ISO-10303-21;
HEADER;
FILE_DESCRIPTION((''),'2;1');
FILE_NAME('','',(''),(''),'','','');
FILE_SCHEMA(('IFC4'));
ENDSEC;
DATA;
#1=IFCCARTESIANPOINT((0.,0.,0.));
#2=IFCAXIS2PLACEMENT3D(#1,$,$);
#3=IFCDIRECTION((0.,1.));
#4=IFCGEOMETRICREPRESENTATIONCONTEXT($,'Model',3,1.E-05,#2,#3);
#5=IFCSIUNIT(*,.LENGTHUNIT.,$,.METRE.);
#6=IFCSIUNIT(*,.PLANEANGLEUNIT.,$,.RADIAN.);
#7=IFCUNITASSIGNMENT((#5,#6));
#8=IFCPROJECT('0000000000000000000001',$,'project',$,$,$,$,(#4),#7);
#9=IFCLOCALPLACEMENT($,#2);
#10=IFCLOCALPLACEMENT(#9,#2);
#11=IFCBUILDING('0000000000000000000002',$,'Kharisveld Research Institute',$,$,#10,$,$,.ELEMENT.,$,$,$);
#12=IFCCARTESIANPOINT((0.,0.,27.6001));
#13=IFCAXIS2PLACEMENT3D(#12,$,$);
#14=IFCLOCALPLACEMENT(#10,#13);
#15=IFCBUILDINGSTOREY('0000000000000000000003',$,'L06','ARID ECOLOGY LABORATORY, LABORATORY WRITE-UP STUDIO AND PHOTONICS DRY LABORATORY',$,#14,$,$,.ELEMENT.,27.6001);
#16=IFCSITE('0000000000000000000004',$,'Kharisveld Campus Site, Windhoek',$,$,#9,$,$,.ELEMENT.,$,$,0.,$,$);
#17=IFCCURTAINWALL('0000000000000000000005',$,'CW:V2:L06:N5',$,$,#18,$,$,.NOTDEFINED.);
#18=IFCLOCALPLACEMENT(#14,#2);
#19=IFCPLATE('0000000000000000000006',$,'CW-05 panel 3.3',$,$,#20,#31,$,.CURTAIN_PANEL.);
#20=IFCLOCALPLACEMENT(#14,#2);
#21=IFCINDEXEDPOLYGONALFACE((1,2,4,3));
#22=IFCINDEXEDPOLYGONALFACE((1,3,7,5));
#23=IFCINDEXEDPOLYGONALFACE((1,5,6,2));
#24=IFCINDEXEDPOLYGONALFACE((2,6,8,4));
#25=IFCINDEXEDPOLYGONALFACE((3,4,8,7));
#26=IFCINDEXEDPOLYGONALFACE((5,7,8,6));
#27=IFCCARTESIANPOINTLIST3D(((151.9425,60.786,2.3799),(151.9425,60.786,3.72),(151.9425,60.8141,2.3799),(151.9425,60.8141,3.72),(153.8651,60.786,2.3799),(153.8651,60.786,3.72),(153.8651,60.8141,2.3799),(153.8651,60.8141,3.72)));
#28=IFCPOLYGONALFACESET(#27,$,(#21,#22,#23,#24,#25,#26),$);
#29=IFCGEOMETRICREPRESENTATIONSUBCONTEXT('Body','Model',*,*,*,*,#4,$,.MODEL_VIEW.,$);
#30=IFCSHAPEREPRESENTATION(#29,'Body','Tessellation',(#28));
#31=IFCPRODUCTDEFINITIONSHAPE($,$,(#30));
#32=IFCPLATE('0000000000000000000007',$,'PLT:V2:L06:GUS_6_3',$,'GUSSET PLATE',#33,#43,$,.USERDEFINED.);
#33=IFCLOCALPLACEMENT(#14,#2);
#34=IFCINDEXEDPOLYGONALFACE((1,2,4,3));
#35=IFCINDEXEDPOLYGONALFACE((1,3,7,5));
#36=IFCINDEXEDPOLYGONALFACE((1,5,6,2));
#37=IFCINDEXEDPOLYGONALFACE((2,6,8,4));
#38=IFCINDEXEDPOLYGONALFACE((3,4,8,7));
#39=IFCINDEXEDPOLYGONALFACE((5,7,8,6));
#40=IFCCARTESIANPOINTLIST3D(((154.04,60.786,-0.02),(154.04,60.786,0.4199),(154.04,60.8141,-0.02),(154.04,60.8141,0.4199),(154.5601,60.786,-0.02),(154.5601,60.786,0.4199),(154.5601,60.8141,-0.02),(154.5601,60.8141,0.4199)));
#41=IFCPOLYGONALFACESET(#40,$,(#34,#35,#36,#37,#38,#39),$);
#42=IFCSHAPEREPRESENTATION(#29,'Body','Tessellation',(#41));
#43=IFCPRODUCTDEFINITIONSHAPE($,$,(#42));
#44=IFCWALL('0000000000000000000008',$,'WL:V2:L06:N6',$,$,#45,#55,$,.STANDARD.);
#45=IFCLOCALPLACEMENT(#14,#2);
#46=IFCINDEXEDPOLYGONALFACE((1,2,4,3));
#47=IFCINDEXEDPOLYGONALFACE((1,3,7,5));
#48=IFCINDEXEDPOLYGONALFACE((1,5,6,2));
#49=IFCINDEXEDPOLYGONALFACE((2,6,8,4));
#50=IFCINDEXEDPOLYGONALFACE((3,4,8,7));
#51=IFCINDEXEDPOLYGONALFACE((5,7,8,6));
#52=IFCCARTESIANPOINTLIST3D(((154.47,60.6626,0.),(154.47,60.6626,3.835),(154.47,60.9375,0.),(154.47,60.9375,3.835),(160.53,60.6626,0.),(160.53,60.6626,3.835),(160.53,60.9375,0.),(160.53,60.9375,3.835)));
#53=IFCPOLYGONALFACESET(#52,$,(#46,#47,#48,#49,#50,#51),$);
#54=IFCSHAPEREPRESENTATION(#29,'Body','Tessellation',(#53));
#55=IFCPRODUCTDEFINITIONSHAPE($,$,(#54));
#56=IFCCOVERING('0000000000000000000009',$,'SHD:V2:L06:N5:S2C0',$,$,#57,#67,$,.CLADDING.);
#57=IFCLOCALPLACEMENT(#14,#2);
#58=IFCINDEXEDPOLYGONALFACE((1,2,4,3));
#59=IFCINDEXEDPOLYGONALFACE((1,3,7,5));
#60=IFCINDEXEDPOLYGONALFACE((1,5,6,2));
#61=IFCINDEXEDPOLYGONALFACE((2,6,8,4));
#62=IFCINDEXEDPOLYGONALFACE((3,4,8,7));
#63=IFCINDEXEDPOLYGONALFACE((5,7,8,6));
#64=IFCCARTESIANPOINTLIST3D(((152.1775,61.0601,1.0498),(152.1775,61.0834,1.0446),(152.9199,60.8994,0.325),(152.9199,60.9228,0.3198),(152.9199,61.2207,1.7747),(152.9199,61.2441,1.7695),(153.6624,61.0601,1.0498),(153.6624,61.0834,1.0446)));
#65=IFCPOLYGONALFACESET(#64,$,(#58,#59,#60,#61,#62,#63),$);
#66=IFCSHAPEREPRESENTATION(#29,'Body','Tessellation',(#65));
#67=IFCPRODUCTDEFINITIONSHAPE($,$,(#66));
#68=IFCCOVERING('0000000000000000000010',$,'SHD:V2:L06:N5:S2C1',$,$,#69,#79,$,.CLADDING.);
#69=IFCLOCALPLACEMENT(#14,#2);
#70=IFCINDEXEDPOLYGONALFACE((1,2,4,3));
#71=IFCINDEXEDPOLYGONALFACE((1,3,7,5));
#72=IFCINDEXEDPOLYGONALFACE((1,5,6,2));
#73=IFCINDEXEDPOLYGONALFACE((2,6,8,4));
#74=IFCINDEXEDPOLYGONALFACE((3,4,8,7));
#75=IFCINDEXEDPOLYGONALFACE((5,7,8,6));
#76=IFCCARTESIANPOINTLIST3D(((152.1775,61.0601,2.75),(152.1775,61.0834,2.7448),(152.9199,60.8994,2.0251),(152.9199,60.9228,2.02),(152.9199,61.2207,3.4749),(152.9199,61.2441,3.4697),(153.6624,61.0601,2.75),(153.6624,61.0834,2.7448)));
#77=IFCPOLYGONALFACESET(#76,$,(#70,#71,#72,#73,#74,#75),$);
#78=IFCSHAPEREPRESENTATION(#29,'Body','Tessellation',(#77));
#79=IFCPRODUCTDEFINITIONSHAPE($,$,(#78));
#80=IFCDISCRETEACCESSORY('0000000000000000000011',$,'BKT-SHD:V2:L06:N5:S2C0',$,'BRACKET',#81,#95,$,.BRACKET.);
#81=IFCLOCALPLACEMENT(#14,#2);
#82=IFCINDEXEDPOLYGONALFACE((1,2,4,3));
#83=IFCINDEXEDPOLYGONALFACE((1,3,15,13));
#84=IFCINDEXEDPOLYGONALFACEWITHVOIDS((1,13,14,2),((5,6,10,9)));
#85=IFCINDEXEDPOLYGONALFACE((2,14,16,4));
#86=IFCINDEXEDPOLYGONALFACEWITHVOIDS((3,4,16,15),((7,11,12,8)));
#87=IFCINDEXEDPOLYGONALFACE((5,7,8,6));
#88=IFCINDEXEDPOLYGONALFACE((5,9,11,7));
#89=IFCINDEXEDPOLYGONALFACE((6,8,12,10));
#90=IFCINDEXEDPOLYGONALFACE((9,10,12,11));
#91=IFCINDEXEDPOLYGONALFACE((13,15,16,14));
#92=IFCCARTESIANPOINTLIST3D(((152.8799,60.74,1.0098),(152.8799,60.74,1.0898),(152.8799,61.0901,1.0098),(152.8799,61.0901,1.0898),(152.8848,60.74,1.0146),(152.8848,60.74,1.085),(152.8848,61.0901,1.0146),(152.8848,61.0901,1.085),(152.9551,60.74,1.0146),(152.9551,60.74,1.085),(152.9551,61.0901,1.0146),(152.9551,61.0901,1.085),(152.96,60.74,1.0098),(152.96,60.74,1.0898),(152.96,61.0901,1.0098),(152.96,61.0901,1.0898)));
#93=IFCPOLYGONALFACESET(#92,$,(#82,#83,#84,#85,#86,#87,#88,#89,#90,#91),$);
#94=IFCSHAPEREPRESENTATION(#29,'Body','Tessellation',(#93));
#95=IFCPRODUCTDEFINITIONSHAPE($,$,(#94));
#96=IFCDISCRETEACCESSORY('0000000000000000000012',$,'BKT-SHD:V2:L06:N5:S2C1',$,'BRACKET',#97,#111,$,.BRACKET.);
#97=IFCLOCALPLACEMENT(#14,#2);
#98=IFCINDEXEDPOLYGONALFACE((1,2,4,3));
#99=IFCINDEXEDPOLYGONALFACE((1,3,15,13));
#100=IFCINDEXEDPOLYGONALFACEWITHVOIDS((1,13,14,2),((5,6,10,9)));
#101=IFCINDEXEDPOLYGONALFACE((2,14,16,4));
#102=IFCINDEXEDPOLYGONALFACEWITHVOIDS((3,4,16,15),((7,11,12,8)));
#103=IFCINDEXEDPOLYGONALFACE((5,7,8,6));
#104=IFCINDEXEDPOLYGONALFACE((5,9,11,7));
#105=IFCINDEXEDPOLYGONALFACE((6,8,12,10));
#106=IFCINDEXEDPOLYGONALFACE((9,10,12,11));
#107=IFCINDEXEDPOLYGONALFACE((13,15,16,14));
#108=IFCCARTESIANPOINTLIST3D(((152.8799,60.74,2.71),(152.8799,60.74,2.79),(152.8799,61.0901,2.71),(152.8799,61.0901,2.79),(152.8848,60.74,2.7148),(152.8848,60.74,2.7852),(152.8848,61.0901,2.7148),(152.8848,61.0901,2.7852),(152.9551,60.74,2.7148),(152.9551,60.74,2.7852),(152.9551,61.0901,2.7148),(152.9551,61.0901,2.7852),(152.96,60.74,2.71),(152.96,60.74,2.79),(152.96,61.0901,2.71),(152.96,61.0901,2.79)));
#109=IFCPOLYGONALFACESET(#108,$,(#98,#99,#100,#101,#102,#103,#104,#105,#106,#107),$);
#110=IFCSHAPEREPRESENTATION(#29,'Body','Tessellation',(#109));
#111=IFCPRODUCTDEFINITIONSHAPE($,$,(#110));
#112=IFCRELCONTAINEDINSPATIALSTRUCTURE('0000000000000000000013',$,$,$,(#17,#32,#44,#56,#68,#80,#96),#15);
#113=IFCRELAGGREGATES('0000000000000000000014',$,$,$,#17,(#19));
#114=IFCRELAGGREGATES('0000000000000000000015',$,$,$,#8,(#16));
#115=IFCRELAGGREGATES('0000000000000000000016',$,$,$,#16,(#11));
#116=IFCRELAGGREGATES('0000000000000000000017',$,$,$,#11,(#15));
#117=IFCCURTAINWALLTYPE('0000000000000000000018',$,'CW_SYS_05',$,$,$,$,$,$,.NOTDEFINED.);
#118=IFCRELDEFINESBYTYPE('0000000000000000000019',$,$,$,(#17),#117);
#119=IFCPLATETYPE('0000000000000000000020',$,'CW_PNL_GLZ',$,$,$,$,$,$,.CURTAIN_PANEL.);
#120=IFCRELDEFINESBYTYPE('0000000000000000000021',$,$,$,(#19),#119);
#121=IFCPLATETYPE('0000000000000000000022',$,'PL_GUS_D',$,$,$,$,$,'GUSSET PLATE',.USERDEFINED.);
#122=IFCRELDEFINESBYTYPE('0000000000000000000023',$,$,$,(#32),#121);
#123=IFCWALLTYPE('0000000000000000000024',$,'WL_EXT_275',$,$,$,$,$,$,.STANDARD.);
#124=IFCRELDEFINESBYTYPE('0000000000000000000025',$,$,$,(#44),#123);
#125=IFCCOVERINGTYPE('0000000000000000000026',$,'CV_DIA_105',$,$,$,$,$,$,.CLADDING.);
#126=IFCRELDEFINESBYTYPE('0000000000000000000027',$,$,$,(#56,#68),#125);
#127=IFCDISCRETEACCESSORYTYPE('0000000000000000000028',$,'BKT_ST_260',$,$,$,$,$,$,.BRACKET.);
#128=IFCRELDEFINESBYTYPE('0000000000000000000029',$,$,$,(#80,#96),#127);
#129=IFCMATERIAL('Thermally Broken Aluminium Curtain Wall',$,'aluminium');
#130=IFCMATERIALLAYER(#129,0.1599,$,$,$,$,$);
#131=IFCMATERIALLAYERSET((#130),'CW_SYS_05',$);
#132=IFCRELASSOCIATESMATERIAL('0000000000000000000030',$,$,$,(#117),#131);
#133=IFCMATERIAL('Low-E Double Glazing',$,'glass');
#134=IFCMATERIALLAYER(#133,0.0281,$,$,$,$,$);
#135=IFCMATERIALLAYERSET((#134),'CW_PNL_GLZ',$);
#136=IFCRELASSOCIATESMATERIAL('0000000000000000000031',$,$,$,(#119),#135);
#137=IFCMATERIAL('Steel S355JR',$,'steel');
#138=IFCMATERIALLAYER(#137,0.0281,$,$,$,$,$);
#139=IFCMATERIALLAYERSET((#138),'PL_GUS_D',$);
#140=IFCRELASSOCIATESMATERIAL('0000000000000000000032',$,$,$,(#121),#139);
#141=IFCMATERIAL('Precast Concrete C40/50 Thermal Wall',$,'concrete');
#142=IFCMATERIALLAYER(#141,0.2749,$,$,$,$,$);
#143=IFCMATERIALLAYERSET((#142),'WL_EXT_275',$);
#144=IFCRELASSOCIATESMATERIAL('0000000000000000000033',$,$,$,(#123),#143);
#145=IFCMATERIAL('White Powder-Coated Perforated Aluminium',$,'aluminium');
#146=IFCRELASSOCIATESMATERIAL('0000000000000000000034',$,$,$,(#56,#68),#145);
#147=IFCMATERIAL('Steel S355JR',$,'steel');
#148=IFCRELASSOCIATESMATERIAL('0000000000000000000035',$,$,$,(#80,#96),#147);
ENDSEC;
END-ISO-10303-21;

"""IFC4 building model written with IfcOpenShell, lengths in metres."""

from ifc_helpers import new_model, si_unit, direction, frame, frame_2d, origin, origin_2d, place, context, subcontext, project, spatial, polyline, rectangle, hollow_rectangle, outline, extrude, material, layer, layer_set, type_object, element, aggregate, save


model = new_model("IFC4")

# Units and contexts
model_context = context("Model", 3, precision=1e-05, world=origin(), true_north=direction((0.0, 1.0)))
body_context = subcontext(model_context, "Body", "Model", "MODEL_VIEW")
ifc_project = project(units=[si_unit("LENGTHUNIT", "METRE"), si_unit("PLANEANGLEUNIT", "RADIAN")], contexts=[model_context])

# Site, building, storey
site_placement = place(None, origin())
site = spatial("IfcSite", under=ifc_project, at=site_placement, Name="Kharisveld Campus Site, Windhoek", CompositionType="ELEMENT", RefElevation=0.0)
building_placement = place(site_placement, origin())
building = spatial("IfcBuilding", under=site, at=building_placement, Name="Kharisveld Research Institute", CompositionType="ELEMENT")
storey_placement = place(building_placement, frame((0.0, 0.0, 27.6001)))
storey = spatial("IfcBuildingStorey", under=building, at=storey_placement, Name="L06", Description="ARID ECOLOGY LABORATORY, LABORATORY WRITE-UP STUDIO AND PHOTONICS DRY LABORATORY", CompositionType="ELEMENT", Elevation=27.6001)

# Curtain wall
ifc_material_1 = material(Name="Thermally Broken Aluminium Curtain Wall", Category="aluminium")
ifc_layer_1 = layer(ifc_material_1, 0.1599)
ifc_layer_set_1 = layer_set([ifc_layer_1], Name="CW_SYS_05")
curtain_wall_type = type_object("IfcCurtainWallType", Name="CW_SYS_05", PredefinedType="NOTDEFINED", material=ifc_layer_set_1)
curtain_wall_placement = place(storey_placement, origin())
curtain_wall = element("IfcCurtainWall", 1, at=curtain_wall_placement, inside=storey, type_object=curtain_wall_type, Name="CW:V2:L06:N5", PredefinedType="NOTDEFINED")

# Plates
ifc_material_2 = material(Name="Low-E Double Glazing", Category="glass")
ifc_layer_2 = layer(ifc_material_2, 0.0281)
ifc_layer_set_2 = layer_set([ifc_layer_2], Name="CW_PNL_GLZ")
plate_type_1 = type_object("IfcPlateType", Name="CW_PNL_GLZ", PredefinedType="CURTAIN_PANEL", material=ifc_layer_set_2)
plate_1_placement = place(storey_placement, frame((152.9038, 60.8, 2.3799), z_axis=(0.0, 0.0, 1.0), x_axis=(1.0, 0.0, 0.0)))
plate_1 = element("IfcPlate", 2, at=plate_1_placement, type_object=plate_type_1, Name="CW-05 panel 3.3", PredefinedType="CURTAIN_PANEL", context=body_context, shape_type="SweptSolid", body=[
    extrude(rectangle(XDim=1.9226, YDim=0.0281, at=origin_2d()), origin(), (0.0, 0.0, 1.0), 1.3401),
])
aggregate(curtain_wall, [plate_1])
ifc_material_3 = material(Name="Steel S355JR", Category="steel")
ifc_layer_3 = layer(ifc_material_3, 0.0281)
ifc_layer_set_3 = layer_set([ifc_layer_3], Name="PL_GUS_D")
plate_type_2 = type_object("IfcPlateType", Name="PL_GUS_D", ElementType="GUSSET PLATE", PredefinedType="USERDEFINED", material=ifc_layer_set_3)
plate_2_placement = place(storey_placement, frame((154.3, 60.8, -0.02), z_axis=(0.0, 0.0, 1.0), x_axis=(1.0, 0.0, 0.0)))
element("IfcPlate", 3, at=plate_2_placement, inside=storey, type_object=plate_type_2, Name="PLT:V2:L06:GUS_6_3", ObjectType="GUSSET PLATE", PredefinedType="USERDEFINED", context=body_context, shape_type="SweptSolid", body=[
    extrude(rectangle(XDim=0.52, YDim=0.0281, at=origin_2d()), origin(), (0.0, 0.0, 1.0), 0.4399),
])

# Wall
ifc_material_4 = material(Name="Precast Concrete C40/50 Thermal Wall", Category="concrete")
ifc_layer_4 = layer(ifc_material_4, 0.2749)
ifc_layer_set_4 = layer_set([ifc_layer_4], Name="WL_EXT_275")
wall_type = type_object("IfcWallType", Name="WL_EXT_275", PredefinedType="STANDARD", material=ifc_layer_set_4)
wall_placement = place(storey_placement, frame((154.47, 60.8, 0.0), z_axis=(0.0, 0.0, 1.0), x_axis=(1.0, 0.0, 0.0)))
element("IfcWall", 4, at=wall_placement, inside=storey, type_object=wall_type, Name="WL:V2:L06:N6", PredefinedType="STANDARD", context=body_context, shape_type="SweptSolid", body=[
    extrude(rectangle(XDim=6.0601, YDim=0.2749, at=frame_2d((3.03, 0.0))), origin(), (0.0, 0.0, 1.0), 3.835),
])

# Coverings
ifc_material_5 = material(Name="White Powder-Coated Perforated Aluminium", Category="aluminium")
covering_type = type_object("IfcCoveringType", Name="CV_DIA_105", PredefinedType="CLADDING")
for number, where, z_axis, x_axis, name in (
    (5, (152.9199, 60.8994, 0.325), (0.0, -0.976311, 0.216373), (0.707102, 0.153, 0.69036), "SHD:V2:L06:N5:S2C0"),
    (6, (152.9199, 60.8994, 2.0251), (0.0, -0.976311, 0.216373), (0.707102, 0.153, 0.69036), "SHD:V2:L06:N5:S2C1"),
):
    element("IfcCovering", number, at=place(storey_placement, frame(where, z_axis=z_axis, x_axis=x_axis)), inside=storey, type_object=covering_type, material=ifc_material_5, Name=name, PredefinedType="CLADDING", context=body_context, shape_type="SweptSolid", body=[
        extrude(outline(polyline([(0.0, 0.0), (1.05, 0.0), (1.05, 1.05), (0.0, 1.05), (0.0, 0.0)])), origin(), (0.0, 0.0, -1.0), 0.0239),
    ])

# Discrete accessories
ifc_material_6 = material(Name="Steel S355JR", Category="steel")
discrete_accessory_type = type_object("IfcDiscreteAccessoryType", Name="BKT_ST_260", PredefinedType="BRACKET")
for number, where, z_axis, x_axis, name in (
    (7, (152.9199, 60.74, 1.0498), (0.0, 1.0, 0.0), (-1.0, 0.0, 0.0), "BKT-SHD:V2:L06:N5:S2C0"),
    (8, (152.9199, 60.74, 2.75), (0.0, 1.0, 0.0), (-1.0, 0.0, 0.0), "BKT-SHD:V2:L06:N5:S2C1"),
):
    element("IfcDiscreteAccessory", number, at=place(storey_placement, frame(where, z_axis=z_axis, x_axis=x_axis)), inside=storey, type_object=discrete_accessory_type, material=ifc_material_6, Name=name, ObjectType="BRACKET", PredefinedType="BRACKET", context=body_context, shape_type="SweptSolid", body=[
        extrude(hollow_rectangle(XDim=0.0801, YDim=0.0801, WallThickness=0.0049, at=origin_2d()), origin(), (0.0, 0.0, 1.0), 0.3501),
    ])

save(model, "model.ifc")
